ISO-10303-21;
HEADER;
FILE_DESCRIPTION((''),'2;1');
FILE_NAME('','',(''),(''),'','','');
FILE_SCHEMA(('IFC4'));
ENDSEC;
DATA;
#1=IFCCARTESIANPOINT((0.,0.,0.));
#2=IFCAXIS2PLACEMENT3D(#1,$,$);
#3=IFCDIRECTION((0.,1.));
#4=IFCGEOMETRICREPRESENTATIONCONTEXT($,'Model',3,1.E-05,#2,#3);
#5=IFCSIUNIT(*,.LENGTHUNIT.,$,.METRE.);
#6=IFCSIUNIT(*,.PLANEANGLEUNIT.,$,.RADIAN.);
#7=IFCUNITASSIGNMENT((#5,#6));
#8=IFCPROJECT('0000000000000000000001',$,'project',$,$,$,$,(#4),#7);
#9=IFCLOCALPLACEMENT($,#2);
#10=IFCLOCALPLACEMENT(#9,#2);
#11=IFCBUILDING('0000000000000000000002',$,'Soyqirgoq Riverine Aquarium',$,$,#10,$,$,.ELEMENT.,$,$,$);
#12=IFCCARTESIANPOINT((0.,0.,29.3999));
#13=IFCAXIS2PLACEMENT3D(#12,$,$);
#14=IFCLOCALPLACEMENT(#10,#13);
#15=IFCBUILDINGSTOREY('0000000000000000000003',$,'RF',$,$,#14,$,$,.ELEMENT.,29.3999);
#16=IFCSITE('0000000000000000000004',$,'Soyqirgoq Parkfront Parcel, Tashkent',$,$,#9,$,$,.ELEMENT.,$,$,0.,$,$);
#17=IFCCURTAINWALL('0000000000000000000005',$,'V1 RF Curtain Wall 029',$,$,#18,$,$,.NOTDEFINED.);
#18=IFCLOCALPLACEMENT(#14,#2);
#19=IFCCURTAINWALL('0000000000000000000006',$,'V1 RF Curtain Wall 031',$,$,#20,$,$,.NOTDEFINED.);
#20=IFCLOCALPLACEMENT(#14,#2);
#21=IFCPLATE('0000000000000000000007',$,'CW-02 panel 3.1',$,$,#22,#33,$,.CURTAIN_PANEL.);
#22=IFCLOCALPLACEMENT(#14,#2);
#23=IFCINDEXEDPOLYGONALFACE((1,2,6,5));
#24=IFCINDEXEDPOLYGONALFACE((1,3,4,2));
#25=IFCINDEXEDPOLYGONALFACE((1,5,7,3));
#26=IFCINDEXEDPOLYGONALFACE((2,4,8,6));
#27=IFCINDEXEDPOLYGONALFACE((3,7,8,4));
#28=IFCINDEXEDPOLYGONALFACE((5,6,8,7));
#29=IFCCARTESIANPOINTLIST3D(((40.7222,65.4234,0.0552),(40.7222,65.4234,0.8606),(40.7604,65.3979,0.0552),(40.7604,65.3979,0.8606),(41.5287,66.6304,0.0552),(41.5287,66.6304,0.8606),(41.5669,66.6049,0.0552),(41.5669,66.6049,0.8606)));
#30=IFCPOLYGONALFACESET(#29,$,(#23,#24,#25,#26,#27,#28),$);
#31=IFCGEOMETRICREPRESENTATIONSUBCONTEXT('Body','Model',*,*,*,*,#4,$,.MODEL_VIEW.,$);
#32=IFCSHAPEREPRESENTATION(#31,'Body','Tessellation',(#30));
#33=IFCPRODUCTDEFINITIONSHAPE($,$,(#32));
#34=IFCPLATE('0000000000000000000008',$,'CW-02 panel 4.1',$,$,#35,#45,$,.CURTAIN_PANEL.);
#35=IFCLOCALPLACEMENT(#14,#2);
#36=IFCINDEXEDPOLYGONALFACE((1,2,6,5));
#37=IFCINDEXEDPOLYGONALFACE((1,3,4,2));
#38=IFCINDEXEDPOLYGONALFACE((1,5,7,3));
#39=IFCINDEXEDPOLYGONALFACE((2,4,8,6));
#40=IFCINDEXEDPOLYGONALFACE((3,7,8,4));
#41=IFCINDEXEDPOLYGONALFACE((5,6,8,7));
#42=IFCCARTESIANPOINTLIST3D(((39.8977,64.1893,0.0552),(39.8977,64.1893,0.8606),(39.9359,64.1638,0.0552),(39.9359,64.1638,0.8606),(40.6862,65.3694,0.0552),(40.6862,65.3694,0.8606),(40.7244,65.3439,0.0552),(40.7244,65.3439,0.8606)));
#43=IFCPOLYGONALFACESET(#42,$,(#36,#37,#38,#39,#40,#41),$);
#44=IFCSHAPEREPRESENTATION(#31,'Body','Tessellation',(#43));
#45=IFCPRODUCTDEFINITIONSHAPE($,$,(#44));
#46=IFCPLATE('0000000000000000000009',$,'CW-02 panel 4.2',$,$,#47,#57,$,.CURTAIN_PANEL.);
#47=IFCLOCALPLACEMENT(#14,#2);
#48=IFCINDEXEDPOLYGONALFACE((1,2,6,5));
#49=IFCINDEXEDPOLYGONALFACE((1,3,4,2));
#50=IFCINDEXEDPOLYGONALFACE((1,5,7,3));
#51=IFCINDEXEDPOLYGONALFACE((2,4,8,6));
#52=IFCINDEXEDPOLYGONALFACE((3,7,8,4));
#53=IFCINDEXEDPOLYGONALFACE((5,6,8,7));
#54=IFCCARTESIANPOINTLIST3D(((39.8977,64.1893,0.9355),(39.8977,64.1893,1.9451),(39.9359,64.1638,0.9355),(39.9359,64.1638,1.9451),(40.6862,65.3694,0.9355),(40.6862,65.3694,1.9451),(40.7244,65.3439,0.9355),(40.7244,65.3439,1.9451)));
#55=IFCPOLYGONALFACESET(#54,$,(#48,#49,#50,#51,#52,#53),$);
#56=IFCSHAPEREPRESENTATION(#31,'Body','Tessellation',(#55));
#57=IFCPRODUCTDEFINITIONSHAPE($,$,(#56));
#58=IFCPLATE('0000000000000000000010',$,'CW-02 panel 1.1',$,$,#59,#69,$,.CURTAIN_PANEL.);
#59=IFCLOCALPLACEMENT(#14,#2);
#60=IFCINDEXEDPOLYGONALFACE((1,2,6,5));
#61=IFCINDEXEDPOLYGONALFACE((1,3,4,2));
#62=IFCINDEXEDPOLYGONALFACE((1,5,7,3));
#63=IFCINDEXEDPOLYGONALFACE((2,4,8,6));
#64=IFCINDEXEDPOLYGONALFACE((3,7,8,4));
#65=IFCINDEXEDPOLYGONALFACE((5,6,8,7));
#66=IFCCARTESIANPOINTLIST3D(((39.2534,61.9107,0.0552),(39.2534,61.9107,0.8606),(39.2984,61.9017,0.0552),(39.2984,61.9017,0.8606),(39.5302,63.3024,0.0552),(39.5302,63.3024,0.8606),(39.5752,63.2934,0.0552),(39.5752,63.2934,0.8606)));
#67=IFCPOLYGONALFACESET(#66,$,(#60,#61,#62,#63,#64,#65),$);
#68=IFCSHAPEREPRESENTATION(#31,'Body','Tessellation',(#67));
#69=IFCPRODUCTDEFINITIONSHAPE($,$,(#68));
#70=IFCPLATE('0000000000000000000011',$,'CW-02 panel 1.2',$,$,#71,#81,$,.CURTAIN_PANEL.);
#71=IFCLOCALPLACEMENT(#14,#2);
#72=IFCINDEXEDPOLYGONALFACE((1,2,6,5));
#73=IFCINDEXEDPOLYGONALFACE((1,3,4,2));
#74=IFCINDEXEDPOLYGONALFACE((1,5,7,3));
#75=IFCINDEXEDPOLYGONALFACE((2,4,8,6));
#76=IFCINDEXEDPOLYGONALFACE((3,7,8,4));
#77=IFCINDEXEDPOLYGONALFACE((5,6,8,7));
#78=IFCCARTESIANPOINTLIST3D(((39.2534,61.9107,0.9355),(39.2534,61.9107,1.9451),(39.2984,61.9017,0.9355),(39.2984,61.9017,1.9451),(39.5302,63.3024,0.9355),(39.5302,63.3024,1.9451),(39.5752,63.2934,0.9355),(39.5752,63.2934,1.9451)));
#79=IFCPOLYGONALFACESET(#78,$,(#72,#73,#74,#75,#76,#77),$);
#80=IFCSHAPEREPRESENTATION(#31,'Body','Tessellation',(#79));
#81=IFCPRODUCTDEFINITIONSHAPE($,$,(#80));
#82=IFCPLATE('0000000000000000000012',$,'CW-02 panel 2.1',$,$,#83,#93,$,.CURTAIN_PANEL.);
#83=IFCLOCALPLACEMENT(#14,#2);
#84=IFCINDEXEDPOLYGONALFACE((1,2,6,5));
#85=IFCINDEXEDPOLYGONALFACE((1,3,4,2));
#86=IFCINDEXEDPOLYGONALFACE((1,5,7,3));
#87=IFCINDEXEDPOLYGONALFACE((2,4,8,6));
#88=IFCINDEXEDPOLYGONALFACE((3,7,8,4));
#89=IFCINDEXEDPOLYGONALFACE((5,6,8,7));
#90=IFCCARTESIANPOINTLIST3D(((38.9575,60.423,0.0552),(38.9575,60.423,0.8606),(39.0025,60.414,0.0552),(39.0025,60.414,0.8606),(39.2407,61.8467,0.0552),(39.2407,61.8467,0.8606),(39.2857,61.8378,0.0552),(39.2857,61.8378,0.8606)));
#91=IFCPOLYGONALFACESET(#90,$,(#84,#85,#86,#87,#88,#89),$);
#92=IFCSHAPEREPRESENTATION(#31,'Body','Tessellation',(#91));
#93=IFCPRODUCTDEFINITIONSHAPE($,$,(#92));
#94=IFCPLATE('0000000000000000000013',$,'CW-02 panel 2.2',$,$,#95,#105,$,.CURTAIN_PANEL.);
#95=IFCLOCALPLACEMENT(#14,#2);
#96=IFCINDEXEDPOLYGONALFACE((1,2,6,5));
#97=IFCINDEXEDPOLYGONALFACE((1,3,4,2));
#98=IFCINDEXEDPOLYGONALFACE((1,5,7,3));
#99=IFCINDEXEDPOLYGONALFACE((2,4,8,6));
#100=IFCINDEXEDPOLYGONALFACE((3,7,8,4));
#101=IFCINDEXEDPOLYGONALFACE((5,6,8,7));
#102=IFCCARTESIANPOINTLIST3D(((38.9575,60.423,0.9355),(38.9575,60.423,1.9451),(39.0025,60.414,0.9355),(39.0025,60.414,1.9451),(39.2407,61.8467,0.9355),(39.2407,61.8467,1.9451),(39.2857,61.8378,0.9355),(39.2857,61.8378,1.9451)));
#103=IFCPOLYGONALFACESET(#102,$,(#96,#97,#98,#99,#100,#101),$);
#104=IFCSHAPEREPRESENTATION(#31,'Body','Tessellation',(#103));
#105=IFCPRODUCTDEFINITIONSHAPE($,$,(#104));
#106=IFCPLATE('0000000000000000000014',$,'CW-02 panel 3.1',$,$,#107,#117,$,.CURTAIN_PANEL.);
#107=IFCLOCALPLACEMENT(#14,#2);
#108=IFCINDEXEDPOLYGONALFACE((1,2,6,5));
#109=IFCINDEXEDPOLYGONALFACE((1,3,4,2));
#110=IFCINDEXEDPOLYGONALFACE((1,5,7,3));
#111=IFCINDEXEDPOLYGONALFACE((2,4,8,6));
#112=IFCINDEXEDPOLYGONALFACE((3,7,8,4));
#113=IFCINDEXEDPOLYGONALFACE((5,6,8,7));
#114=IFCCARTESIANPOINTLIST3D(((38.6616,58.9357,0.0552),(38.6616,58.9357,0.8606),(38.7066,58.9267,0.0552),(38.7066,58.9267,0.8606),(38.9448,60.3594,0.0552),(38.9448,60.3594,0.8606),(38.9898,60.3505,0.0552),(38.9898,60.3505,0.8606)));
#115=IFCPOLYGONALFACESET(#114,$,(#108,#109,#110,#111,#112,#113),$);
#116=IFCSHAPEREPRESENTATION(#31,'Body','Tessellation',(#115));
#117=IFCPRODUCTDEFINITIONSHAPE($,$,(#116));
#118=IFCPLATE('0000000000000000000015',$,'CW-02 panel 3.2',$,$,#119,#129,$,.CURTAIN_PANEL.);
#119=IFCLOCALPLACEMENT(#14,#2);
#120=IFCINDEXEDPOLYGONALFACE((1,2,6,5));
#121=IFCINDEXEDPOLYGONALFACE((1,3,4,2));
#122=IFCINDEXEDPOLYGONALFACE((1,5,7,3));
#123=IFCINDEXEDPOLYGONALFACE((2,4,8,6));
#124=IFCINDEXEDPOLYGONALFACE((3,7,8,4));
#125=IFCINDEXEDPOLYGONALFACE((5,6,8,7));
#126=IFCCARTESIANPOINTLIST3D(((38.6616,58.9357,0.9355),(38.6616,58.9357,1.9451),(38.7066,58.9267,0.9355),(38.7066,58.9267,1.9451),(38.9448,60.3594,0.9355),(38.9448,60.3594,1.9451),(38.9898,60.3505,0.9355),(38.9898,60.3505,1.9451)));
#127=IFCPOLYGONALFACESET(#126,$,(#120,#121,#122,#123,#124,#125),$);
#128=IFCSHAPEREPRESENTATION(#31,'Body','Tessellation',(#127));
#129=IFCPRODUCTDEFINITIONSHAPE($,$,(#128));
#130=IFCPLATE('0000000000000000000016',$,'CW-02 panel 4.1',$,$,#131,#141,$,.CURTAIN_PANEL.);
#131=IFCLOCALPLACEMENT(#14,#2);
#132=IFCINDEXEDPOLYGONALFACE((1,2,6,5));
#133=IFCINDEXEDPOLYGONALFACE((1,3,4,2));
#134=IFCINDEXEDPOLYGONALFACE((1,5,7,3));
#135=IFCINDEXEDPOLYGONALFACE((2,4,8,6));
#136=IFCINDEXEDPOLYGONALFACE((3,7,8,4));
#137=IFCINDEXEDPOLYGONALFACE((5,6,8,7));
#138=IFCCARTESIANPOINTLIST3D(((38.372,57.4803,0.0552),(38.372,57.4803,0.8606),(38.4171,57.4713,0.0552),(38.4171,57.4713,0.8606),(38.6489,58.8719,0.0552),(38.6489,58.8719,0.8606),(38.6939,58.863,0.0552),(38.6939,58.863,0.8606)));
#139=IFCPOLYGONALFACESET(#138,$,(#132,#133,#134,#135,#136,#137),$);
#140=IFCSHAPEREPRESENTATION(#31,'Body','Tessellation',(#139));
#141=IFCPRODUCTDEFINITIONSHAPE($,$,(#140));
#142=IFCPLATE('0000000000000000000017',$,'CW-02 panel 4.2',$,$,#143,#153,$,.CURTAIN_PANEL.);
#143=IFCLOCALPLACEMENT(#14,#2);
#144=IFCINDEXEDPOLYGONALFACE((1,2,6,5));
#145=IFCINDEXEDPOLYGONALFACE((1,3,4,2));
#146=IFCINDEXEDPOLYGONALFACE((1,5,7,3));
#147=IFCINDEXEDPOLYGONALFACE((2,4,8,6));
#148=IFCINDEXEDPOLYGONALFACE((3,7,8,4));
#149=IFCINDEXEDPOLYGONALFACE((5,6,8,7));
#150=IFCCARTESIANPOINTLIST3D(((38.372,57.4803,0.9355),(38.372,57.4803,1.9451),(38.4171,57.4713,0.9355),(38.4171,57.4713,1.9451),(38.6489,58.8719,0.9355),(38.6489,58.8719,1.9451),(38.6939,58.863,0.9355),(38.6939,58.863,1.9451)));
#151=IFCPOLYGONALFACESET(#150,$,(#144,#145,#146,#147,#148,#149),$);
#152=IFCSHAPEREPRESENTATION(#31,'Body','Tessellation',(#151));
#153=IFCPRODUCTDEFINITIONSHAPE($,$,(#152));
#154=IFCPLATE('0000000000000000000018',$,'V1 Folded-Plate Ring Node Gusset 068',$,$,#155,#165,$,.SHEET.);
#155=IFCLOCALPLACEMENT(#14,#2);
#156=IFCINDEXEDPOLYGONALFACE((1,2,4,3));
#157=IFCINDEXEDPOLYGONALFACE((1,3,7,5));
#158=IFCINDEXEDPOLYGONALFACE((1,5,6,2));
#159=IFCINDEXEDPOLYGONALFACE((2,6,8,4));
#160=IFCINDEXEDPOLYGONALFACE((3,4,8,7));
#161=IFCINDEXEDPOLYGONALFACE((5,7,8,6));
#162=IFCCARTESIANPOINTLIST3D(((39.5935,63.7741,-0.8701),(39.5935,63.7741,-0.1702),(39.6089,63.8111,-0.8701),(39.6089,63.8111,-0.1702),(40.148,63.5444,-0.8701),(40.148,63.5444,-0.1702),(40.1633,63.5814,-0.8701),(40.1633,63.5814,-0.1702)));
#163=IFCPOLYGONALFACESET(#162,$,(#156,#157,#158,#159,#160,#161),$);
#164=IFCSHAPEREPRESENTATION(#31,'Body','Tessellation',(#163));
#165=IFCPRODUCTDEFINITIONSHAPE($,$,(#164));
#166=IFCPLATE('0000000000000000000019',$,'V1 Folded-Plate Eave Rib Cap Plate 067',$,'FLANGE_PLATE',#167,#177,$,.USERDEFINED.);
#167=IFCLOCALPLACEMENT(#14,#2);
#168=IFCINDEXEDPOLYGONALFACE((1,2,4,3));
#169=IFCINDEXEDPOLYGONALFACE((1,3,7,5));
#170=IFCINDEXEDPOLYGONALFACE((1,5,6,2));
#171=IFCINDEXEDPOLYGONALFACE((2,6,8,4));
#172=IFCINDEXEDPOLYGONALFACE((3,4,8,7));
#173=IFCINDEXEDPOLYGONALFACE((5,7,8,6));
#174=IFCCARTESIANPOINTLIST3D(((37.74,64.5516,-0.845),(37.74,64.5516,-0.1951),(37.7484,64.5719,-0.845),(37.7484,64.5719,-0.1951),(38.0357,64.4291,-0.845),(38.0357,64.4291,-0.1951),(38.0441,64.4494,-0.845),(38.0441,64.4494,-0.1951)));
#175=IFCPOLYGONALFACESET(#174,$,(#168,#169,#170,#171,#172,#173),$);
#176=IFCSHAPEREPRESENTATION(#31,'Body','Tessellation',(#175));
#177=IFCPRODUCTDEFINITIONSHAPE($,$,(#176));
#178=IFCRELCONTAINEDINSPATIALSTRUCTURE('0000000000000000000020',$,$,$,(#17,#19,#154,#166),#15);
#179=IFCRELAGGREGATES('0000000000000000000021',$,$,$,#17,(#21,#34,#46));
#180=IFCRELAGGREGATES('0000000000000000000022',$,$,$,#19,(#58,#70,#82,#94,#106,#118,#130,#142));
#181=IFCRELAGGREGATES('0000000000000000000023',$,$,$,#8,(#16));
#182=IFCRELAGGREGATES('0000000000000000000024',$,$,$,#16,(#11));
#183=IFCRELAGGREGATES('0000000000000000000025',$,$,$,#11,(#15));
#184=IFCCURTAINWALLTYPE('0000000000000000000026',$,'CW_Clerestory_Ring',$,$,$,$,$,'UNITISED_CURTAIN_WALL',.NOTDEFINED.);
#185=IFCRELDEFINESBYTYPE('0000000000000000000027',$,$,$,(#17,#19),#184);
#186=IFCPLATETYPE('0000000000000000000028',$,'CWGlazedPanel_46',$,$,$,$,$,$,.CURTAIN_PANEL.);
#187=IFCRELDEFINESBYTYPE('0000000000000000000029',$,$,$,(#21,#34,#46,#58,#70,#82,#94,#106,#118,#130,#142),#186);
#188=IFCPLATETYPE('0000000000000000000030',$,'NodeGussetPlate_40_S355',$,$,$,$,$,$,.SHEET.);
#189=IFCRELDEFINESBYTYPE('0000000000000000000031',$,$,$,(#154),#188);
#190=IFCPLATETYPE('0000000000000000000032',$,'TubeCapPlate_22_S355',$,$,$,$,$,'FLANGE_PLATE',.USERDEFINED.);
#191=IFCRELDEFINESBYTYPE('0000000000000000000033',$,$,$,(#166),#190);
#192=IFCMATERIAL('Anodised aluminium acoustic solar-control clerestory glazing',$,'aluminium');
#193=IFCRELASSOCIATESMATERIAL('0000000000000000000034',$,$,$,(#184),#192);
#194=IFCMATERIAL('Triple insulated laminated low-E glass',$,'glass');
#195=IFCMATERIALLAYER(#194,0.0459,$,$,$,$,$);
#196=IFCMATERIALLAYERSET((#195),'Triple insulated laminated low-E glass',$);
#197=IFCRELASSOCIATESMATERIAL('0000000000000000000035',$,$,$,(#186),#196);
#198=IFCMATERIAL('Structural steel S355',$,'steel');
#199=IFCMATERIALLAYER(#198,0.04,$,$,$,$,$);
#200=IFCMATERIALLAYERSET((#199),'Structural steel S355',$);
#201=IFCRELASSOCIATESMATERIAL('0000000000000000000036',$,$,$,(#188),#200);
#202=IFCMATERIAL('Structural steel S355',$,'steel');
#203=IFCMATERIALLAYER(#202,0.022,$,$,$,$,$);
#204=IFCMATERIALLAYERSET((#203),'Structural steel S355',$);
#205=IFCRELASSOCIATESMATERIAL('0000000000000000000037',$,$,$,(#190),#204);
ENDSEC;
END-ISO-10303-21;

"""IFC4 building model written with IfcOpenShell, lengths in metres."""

from ifc_helpers import new_model, si_unit, direction, frame, origin, origin_2d, place, context, subcontext, project, spatial, rectangle, extrude, material, layer, layer_set, type_object, element, aggregate, save


model = new_model("IFC4")

# Units and contexts
model_context = context("Model", 3, precision=1e-05, world=origin(), true_north=direction((0.0, 1.0)))
body_context = subcontext(model_context, "Body", "Model", "MODEL_VIEW")
ifc_project = project(units=[si_unit("LENGTHUNIT", "METRE"), si_unit("PLANEANGLEUNIT", "RADIAN")], contexts=[model_context])

# Site, building, storey
site_placement = place(None, origin())
site = spatial("IfcSite", under=ifc_project, at=site_placement, Name="Soyqirgoq Parkfront Parcel, Tashkent", CompositionType="ELEMENT", RefElevation=0.0)
building_placement = place(site_placement, origin())
building = spatial("IfcBuilding", under=site, at=building_placement, Name="Soyqirgoq Riverine Aquarium", CompositionType="ELEMENT")
storey_placement = place(building_placement, frame((0.0, 0.0, 29.3999)))
storey = spatial("IfcBuildingStorey", under=building, at=storey_placement, Name="RF", CompositionType="ELEMENT", Elevation=29.3999)

# Curtain walls
ifc_material_1 = material(Name="Anodised aluminium acoustic solar-control clerestory glazing", Category="aluminium")
curtain_wall_type = type_object("IfcCurtainWallType", Name="CW_Clerestory_Ring", ElementType="UNITISED_CURTAIN_WALL", PredefinedType="NOTDEFINED", material=ifc_material_1)
curtain_wall_1_placement = place(storey_placement, origin())
curtain_wall_1 = element("IfcCurtainWall", 1, at=curtain_wall_1_placement, inside=storey, type_object=curtain_wall_type, Name="V1 RF Curtain Wall 029", PredefinedType="NOTDEFINED")
curtain_wall_2_placement = place(storey_placement, origin())
curtain_wall_2 = element("IfcCurtainWall", 2, at=curtain_wall_2_placement, inside=storey, type_object=curtain_wall_type, Name="V1 RF Curtain Wall 031", PredefinedType="NOTDEFINED")

# Plates
ifc_material_2 = material(Name="Triple insulated laminated low-E glass", Category="glass")
ifc_layer_1 = layer(ifc_material_2, 0.0459)
ifc_layer_set_1 = layer_set([ifc_layer_1], Name="Triple insulated laminated low-E glass")
plate_type_1 = type_object("IfcPlateType", Name="CWGlazedPanel_46", PredefinedType="CURTAIN_PANEL", material=ifc_layer_set_1)
plate_1_placement = place(storey_placement, frame((41.1445, 66.0142, 0.0552), z_axis=(0.0, 0.0, 1.0), x_axis=(-0.555579, -0.831464, 0.0)))
plate_1 = element("IfcPlate", 3, at=plate_1_placement, type_object=plate_type_1, Name="CW-02 panel 3.1", PredefinedType="CURTAIN_PANEL", context=body_context, shape_type="SweptSolid", body=[
    extrude(rectangle(XDim=1.4517, YDim=0.0459, at=origin_2d()), origin(), (0.0, 0.0, 1.0), 0.8054),
])
plate_2_placement = place(storey_placement, frame((40.311, 64.7666, 0.0552), z_axis=(0.0, 0.0, 1.0), x_axis=(-0.555579, -0.831464, 0.0)))
plate_2 = element("IfcPlate", 4, at=plate_2_placement, type_object=plate_type_1, Name="CW-02 panel 4.1", PredefinedType="CURTAIN_PANEL", context=body_context, shape_type="SweptSolid", body=[
    extrude(rectangle(XDim=1.4192, YDim=0.0459, at=origin_2d()), origin(), (0.0, 0.0, 1.0), 0.8054),
])
plate_3_placement = place(storey_placement, frame((40.311, 64.7666, 0.9355), z_axis=(0.0, 0.0, 1.0), x_axis=(-0.555579, -0.831464, 0.0)))
plate_3 = element("IfcPlate", 5, at=plate_3_placement, type_object=plate_type_1, Name="CW-02 panel 4.2", PredefinedType="CURTAIN_PANEL", context=body_context, shape_type="SweptSolid", body=[
    extrude(rectangle(XDim=1.4192, YDim=0.0459, at=origin_2d()), origin(), (0.0, 0.0, 1.0), 1.0095),
])
aggregate(curtain_wall_1, [plate_1, plate_2, plate_3])
plate_4_placement = place(storey_placement, frame((39.4143, 62.6021, 0.0552), z_axis=(0.0, 0.0, 1.0), x_axis=(-0.195095, -0.980784, 0.0)))
plate_4 = element("IfcPlate", 6, at=plate_4_placement, type_object=plate_type_1, Name="CW-02 panel 1.1", PredefinedType="CURTAIN_PANEL", context=body_context, shape_type="SweptSolid", body=[
    extrude(rectangle(XDim=1.4189, YDim=0.0459, at=origin_2d()), origin(), (0.0, 0.0, 1.0), 0.8054),
])
plate_5_placement = place(storey_placement, frame((39.4143, 62.6021, 0.9355), z_axis=(0.0, 0.0, 1.0), x_axis=(-0.195095, -0.980784, 0.0)))
plate_5 = element("IfcPlate", 7, at=plate_5_placement, type_object=plate_type_1, Name="CW-02 panel 1.2", PredefinedType="CURTAIN_PANEL", context=body_context, shape_type="SweptSolid", body=[
    extrude(rectangle(XDim=1.4189, YDim=0.0459, at=origin_2d()), origin(), (0.0, 0.0, 1.0), 1.0095),
])
plate_6_placement = place(storey_placement, frame((39.1216, 61.1304, 0.0552), z_axis=(0.0, 0.0, 1.0), x_axis=(-0.195095, -0.980784, 0.0)))
plate_6 = element("IfcPlate", 8, at=plate_6_placement, type_object=plate_type_1, Name="CW-02 panel 2.1", PredefinedType="CURTAIN_PANEL", context=body_context, shape_type="SweptSolid", body=[
    extrude(rectangle(XDim=1.4517, YDim=0.0459, at=origin_2d()), origin(), (0.0, 0.0, 1.0), 0.8054),
])
plate_7_placement = place(storey_placement, frame((39.1216, 61.1304, 0.9355), z_axis=(0.0, 0.0, 1.0), x_axis=(-0.195095, -0.980784, 0.0)))
plate_7 = element("IfcPlate", 9, at=plate_7_placement, type_object=plate_type_1, Name="CW-02 panel 2.2", PredefinedType="CURTAIN_PANEL", context=body_context, shape_type="SweptSolid", body=[
    extrude(rectangle(XDim=1.4517, YDim=0.0459, at=origin_2d()), origin(), (0.0, 0.0, 1.0), 1.0095),
])
plate_8_placement = place(storey_placement, frame((38.8257, 59.6431, 0.0552), z_axis=(0.0, 0.0, 1.0), x_axis=(-0.195095, -0.980784, 0.0)))
plate_8 = element("IfcPlate", 10, at=plate_8_placement, type_object=plate_type_1, Name="CW-02 panel 3.1", PredefinedType="CURTAIN_PANEL", context=body_context, shape_type="SweptSolid", body=[
    extrude(rectangle(XDim=1.4517, YDim=0.0459, at=origin_2d()), origin(), (0.0, 0.0, 1.0), 0.8054),
])
plate_9_placement = place(storey_placement, frame((38.8257, 59.6431, 0.9355), z_axis=(0.0, 0.0, 1.0), x_axis=(-0.195095, -0.980784, 0.0)))
plate_9 = element("IfcPlate", 11, at=plate_9_placement, type_object=plate_type_1, Name="CW-02 panel 3.2", PredefinedType="CURTAIN_PANEL", context=body_context, shape_type="SweptSolid", body=[
    extrude(rectangle(XDim=1.4517, YDim=0.0459, at=origin_2d()), origin(), (0.0, 0.0, 1.0), 1.0095),
])
plate_10_placement = place(storey_placement, frame((38.533, 58.1716, 0.0552), z_axis=(0.0, 0.0, 1.0), x_axis=(-0.195095, -0.980784, 0.0)))
plate_10 = element("IfcPlate", 12, at=plate_10_placement, type_object=plate_type_1, Name="CW-02 panel 4.1", PredefinedType="CURTAIN_PANEL", context=body_context, shape_type="SweptSolid", body=[
    extrude(rectangle(XDim=1.4189, YDim=0.0459, at=origin_2d()), origin(), (0.0, 0.0, 1.0), 0.8054),
])
plate_11_placement = place(storey_placement, frame((38.533, 58.1716, 0.9355), z_axis=(0.0, 0.0, 1.0), x_axis=(-0.195095, -0.980784, 0.0)))
plate_11 = element("IfcPlate", 13, at=plate_11_placement, type_object=plate_type_1, Name="CW-02 panel 4.2", PredefinedType="CURTAIN_PANEL", context=body_context, shape_type="SweptSolid", body=[
    extrude(rectangle(XDim=1.4189, YDim=0.0459, at=origin_2d()), origin(), (0.0, 0.0, 1.0), 1.0095),
])
aggregate(curtain_wall_2, [plate_4, plate_5, plate_6, plate_7, plate_8, plate_9, plate_10, plate_11])

# Plates
ifc_material_3 = material(Name="Structural steel S355", Category="steel")
ifc_layer_2 = layer(ifc_material_3, 0.04)
ifc_layer_set_2 = layer_set([ifc_layer_2], Name="Structural steel S355")
plate_type_2 = type_object("IfcPlateType", Name="NodeGussetPlate_40_S355", PredefinedType="SHEET", material=ifc_layer_set_2)
plate_12_placement = place(storey_placement, frame((39.8784, 63.6777, -0.8701), z_axis=(0.0, 0.0, 1.0), x_axis=(-0.92388, 0.382683, 0.0)))
element("IfcPlate", 14, at=plate_12_placement, inside=storey, type_object=plate_type_2, Name="V1 Folded-Plate Ring Node Gusset 068", PredefinedType="SHEET", context=body_context, shape_type="SweptSolid", body=[
    extrude(rectangle(XDim=0.6001, YDim=0.04, at=origin_2d()), origin(), (0.0, 0.0, 1.0), 0.7),
])
ifc_material_4 = material(Name="Structural steel S355", Category="steel")
ifc_layer_3 = layer(ifc_material_4, 0.022)
ifc_layer_set_3 = layer_set([ifc_layer_3], Name="Structural steel S355")
plate_type_3 = type_object("IfcPlateType", Name="TubeCapPlate_22_S355", ElementType="FLANGE_PLATE", PredefinedType="USERDEFINED", material=ifc_layer_set_3)
plate_13_placement = place(storey_placement, frame((37.8921, 64.5005, -0.845), z_axis=(0.0, 0.0, 1.0), x_axis=(-0.92388, 0.382683, 0.0)))
element("IfcPlate", 15, at=plate_13_placement, inside=storey, type_object=plate_type_3, Name="V1 Folded-Plate Eave Rib Cap Plate 067", ObjectType="FLANGE_PLATE", PredefinedType="USERDEFINED", context=body_context, shape_type="SweptSolid", body=[
    extrude(rectangle(XDim=0.3201, YDim=0.022, at=origin_2d()), origin(), (0.0, 0.0, 1.0), 0.6499),
])

save(model, "model.ifc")
